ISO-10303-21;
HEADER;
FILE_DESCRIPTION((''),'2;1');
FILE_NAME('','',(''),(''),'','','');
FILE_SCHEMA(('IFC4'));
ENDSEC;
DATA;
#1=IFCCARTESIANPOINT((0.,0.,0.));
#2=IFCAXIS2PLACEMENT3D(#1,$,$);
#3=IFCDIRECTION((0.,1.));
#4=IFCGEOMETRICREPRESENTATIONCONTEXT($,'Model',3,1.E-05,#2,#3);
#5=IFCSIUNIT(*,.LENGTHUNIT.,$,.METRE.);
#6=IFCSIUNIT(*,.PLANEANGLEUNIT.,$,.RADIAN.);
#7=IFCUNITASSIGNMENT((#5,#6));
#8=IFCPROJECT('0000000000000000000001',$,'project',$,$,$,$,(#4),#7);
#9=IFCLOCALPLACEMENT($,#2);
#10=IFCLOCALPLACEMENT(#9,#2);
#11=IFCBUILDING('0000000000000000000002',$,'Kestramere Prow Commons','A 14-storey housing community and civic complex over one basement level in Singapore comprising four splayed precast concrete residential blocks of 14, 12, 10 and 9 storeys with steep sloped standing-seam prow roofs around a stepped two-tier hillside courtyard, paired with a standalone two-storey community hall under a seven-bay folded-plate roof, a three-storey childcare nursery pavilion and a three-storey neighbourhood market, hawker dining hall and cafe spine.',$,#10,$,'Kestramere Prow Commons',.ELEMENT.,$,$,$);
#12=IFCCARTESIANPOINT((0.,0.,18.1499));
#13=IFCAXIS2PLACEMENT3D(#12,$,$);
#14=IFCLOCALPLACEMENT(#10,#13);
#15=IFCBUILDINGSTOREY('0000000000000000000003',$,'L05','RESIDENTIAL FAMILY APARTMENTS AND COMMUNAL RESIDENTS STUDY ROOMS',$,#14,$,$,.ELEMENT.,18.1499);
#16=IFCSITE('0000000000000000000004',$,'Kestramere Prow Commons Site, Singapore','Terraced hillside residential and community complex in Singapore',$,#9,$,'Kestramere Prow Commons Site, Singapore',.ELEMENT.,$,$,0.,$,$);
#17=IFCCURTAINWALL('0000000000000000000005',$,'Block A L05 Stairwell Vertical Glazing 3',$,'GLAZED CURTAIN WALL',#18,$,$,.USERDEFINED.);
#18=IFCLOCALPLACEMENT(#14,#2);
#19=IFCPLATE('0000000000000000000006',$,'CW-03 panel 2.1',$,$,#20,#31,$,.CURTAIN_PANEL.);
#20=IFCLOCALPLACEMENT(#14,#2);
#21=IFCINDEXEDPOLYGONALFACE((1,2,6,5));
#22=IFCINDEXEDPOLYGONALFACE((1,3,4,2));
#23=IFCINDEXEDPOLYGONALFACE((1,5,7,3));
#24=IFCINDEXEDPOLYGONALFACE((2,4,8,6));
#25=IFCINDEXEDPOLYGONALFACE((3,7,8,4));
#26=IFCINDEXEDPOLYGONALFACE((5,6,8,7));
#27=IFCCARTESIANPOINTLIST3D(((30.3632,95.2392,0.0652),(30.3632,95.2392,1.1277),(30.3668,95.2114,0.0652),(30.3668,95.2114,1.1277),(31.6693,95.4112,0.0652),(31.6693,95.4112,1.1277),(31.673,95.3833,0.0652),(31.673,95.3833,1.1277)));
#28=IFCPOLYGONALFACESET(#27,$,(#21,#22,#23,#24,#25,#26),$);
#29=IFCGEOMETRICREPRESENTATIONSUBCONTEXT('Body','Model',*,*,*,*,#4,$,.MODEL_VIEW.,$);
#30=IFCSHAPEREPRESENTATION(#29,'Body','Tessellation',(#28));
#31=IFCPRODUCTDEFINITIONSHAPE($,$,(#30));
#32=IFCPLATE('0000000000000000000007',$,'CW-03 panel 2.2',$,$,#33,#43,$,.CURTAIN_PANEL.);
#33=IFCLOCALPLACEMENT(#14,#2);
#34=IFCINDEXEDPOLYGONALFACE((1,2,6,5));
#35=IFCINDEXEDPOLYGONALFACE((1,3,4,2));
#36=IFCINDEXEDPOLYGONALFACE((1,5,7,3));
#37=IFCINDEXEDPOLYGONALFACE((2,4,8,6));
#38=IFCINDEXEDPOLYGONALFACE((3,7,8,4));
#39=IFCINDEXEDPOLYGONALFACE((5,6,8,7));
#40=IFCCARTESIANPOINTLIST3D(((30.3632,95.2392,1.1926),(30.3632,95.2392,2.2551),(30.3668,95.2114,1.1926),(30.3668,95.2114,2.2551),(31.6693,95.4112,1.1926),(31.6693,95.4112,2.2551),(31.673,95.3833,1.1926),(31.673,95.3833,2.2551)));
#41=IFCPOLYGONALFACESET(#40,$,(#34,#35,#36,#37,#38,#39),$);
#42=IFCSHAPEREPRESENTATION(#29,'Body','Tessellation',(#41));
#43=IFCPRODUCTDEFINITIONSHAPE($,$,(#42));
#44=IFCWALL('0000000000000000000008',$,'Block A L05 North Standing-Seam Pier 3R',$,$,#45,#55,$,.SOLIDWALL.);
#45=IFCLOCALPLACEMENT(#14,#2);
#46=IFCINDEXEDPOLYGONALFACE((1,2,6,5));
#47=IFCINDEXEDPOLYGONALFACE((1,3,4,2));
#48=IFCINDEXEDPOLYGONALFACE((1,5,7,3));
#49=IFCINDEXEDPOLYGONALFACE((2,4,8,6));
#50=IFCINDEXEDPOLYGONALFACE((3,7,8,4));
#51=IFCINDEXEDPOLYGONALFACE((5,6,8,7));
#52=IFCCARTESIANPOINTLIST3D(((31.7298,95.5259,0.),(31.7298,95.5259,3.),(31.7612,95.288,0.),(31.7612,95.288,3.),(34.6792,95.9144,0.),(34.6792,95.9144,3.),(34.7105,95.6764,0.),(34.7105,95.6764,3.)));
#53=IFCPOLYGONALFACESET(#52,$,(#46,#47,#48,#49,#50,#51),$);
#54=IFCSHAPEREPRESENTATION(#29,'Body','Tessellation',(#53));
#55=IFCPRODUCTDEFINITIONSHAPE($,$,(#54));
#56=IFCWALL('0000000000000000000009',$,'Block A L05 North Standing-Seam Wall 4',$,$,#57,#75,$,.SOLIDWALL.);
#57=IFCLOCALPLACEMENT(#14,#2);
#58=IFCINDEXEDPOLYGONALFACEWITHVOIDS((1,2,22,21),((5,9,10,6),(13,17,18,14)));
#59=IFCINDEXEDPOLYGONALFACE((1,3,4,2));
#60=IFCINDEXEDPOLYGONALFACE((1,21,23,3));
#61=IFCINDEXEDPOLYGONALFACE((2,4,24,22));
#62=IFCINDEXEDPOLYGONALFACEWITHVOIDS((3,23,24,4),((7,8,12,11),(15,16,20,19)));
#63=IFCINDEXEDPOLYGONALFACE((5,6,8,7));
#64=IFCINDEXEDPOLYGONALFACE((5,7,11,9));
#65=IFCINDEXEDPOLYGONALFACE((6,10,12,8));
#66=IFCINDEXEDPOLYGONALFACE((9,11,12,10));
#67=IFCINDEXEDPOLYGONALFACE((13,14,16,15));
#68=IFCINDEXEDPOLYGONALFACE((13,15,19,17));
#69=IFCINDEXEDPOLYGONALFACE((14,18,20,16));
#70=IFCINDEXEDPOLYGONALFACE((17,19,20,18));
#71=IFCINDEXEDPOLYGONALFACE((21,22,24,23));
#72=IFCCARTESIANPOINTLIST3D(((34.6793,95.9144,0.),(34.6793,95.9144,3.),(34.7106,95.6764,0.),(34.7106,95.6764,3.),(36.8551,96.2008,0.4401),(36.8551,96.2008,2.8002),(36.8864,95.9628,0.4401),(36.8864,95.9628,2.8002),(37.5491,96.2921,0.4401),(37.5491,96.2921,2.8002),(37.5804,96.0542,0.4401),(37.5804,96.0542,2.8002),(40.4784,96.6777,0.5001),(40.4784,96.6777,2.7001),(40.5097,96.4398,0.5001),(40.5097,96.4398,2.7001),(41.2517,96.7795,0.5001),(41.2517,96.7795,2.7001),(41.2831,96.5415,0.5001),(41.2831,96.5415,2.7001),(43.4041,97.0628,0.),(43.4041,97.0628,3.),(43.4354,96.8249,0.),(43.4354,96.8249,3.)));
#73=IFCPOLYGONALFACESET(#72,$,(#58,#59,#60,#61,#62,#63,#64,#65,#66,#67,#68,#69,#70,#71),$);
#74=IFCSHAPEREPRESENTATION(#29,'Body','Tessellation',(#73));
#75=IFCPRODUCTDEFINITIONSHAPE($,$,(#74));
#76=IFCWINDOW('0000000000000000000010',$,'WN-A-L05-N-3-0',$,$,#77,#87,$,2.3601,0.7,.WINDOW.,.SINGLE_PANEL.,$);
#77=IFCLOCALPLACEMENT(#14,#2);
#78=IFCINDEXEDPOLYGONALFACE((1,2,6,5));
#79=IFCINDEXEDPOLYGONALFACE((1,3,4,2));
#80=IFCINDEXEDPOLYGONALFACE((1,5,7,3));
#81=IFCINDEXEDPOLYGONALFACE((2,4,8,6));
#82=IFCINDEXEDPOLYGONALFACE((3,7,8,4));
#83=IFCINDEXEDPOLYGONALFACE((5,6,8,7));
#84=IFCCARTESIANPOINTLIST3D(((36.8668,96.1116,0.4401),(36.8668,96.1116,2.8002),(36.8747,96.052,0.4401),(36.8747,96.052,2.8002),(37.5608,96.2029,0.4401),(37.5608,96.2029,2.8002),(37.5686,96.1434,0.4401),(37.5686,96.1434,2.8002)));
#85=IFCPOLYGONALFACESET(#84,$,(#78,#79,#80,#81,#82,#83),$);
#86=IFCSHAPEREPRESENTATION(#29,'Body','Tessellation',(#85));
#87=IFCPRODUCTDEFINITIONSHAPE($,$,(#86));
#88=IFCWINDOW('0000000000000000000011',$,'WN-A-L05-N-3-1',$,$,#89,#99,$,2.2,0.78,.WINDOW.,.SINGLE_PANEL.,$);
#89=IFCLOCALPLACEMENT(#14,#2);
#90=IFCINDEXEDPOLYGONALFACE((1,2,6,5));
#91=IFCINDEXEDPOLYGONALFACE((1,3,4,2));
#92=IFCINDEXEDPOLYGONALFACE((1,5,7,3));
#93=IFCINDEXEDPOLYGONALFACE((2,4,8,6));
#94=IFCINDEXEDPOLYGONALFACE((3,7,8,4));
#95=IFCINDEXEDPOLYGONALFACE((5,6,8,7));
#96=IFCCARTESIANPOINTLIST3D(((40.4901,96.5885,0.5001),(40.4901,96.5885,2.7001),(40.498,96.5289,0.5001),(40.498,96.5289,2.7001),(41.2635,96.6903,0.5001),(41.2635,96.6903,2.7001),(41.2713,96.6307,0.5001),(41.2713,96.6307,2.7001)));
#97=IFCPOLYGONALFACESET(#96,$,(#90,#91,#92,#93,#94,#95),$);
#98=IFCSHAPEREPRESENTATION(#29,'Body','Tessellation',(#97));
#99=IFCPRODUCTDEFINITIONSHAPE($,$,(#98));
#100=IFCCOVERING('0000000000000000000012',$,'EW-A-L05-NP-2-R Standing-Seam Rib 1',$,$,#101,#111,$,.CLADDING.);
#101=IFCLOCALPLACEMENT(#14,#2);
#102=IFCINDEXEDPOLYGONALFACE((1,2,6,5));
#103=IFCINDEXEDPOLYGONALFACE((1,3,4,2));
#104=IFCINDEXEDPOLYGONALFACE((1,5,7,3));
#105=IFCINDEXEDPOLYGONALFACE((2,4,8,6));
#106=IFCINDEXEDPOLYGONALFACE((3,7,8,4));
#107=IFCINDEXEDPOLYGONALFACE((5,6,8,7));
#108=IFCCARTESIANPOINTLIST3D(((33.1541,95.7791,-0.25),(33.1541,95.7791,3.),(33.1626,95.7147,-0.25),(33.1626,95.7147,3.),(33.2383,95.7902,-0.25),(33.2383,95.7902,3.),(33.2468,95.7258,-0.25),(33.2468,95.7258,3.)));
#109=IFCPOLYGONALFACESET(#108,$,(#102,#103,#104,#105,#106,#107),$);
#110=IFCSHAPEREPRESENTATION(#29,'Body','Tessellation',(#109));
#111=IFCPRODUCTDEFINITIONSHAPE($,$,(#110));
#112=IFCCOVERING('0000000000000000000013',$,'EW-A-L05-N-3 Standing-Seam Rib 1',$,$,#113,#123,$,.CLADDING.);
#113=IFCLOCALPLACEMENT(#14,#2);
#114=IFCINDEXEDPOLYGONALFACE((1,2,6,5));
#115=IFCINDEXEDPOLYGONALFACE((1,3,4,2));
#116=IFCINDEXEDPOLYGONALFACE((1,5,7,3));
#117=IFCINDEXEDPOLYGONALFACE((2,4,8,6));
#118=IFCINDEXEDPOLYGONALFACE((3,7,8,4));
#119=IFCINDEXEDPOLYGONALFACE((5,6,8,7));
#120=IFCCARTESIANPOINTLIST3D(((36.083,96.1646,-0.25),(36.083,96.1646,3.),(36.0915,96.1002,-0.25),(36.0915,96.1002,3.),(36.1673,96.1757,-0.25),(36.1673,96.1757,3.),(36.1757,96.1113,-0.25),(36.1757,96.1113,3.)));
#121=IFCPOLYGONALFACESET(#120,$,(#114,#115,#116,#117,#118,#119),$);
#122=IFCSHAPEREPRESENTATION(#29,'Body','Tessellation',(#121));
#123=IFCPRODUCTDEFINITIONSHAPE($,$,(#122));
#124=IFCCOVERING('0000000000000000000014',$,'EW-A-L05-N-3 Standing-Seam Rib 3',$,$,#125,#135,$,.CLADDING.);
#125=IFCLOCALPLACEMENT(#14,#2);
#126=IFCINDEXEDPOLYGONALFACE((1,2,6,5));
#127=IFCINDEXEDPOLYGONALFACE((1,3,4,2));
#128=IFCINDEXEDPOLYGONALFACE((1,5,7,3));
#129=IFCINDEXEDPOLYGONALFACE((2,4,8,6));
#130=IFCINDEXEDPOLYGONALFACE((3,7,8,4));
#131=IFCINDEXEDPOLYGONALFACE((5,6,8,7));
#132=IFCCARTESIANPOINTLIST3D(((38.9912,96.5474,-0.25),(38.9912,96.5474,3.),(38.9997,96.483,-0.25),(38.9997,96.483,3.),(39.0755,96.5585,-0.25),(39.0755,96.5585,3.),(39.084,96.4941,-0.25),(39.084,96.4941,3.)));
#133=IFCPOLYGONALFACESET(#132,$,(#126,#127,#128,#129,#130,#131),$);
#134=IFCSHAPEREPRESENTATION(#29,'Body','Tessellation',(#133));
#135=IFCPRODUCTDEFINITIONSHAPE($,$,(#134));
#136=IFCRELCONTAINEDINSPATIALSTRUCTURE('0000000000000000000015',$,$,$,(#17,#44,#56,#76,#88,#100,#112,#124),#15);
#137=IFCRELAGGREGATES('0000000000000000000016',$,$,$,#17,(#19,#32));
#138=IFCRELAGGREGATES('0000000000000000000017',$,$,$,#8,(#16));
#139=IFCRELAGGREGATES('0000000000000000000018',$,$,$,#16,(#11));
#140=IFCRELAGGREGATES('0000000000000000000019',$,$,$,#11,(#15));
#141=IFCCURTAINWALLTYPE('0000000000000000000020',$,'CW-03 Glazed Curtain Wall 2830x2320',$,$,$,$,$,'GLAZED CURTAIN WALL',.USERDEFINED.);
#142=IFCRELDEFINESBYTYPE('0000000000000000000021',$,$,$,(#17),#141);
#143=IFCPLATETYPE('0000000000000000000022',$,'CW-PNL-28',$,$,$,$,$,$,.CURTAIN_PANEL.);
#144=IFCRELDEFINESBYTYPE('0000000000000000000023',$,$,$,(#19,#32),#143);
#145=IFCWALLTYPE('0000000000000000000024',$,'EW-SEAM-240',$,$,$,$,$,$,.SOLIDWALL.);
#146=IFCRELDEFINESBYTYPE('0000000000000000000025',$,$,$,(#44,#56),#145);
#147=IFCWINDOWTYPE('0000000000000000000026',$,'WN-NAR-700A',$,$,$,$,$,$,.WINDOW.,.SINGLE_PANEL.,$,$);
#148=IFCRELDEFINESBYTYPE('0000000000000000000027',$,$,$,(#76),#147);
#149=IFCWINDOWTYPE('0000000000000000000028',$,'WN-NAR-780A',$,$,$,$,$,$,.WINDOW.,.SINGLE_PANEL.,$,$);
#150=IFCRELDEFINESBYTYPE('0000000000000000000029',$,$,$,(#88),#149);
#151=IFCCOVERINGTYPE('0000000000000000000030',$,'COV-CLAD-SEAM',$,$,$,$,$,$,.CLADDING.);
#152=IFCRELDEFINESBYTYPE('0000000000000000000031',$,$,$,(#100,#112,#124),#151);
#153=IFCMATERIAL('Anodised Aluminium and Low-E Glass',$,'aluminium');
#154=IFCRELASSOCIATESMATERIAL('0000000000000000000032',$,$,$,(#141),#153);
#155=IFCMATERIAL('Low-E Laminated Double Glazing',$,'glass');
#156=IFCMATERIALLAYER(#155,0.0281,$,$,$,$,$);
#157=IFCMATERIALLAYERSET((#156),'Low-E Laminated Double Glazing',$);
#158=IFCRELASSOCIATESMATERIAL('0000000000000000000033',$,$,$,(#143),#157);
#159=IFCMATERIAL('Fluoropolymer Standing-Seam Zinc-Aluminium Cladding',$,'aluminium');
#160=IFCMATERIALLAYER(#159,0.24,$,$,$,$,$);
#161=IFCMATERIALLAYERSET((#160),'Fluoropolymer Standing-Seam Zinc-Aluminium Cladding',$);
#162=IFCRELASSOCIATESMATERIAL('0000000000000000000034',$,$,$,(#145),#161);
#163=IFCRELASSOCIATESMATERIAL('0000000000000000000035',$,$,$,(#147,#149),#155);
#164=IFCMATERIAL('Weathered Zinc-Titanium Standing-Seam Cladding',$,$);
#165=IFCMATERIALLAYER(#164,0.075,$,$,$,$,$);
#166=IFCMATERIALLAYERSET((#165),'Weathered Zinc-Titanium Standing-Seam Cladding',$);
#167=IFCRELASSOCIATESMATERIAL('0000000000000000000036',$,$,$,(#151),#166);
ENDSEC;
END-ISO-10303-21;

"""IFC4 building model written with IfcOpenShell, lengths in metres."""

from ifc_helpers import new_model, si_unit, direction, frame, frame_2d, origin, origin_2d, place, context, subcontext, project, spatial, rectangle, extrude, material, layer, layer_set, type_object, element, fill, aggregate, save


model = new_model("IFC4")

# Units and contexts
model_context = context("Model", 3, precision=1e-05, world=origin(), true_north=direction((0.0, 1.0)))
body_context = subcontext(model_context, "Body", "Model", "MODEL_VIEW")
ifc_project = project(units=[si_unit("LENGTHUNIT", "METRE"), si_unit("PLANEANGLEUNIT", "RADIAN")], contexts=[model_context])

# Site, building, storey
site_placement = place(None, origin())
site = spatial("IfcSite", under=ifc_project, at=site_placement, Name="Kestramere Prow Commons Site, Singapore", Description="Terraced hillside residential and community complex in Singapore", LongName="Kestramere Prow Commons Site, Singapore", CompositionType="ELEMENT", RefElevation=0.0)
building_placement = place(site_placement, origin())
building = spatial("IfcBuilding", under=site, at=building_placement, Name="Kestramere Prow Commons", Description="A 14-storey housing community and civic complex over one basement level in Singapore comprising four splayed precast concrete residential blocks of 14, 12, 10 and 9 storeys with steep sloped standing-seam prow roofs around a stepped two-tier hillside courtyard, paired with a standalone two-storey community hall under a seven-bay folded-plate roof, a three-storey childcare nursery pavilion and a three-storey neighbourhood market, hawker dining hall and cafe spine.", LongName="Kestramere Prow Commons", CompositionType="ELEMENT")
storey_placement = place(building_placement, frame((0.0, 0.0, 18.1499)))
storey = spatial("IfcBuildingStorey", under=building, at=storey_placement, Name="L05", Description="RESIDENTIAL FAMILY APARTMENTS AND COMMUNAL RESIDENTS STUDY ROOMS", CompositionType="ELEMENT", Elevation=18.1499)

# Curtain wall
ifc_material_1 = material(Name="Anodised Aluminium and Low-E Glass", Category="aluminium")
curtain_wall_type = type_object("IfcCurtainWallType", Name="CW-03 Glazed Curtain Wall 2830x2320", ElementType="GLAZED CURTAIN WALL", PredefinedType="USERDEFINED", material=ifc_material_1)
curtain_wall_placement = place(storey_placement, origin())
curtain_wall = element("IfcCurtainWall", 1, at=curtain_wall_placement, inside=storey, type_object=curtain_wall_type, Name="Block A L05 Stairwell Vertical Glazing 3", ObjectType="GLAZED CURTAIN WALL", PredefinedType="USERDEFINED")

# Plates
ifc_material_2 = material(Name="Low-E Laminated Double Glazing", Category="glass")
ifc_layer_1 = layer(ifc_material_2, 0.0281)
ifc_layer_set_1 = layer_set([ifc_layer_1], Name="Low-E Laminated Double Glazing")
plate_type = type_object("IfcPlateType", Name="CW-PNL-28", PredefinedType="CURTAIN_PANEL", material=ifc_layer_set_1)
plate_1_placement = place(storey_placement, frame((31.0181, 95.3113, 0.0652), z_axis=(0.0, 0.0, 1.0), x_axis=(0.991445, 0.130526, 0.0)))
plate_1 = element("IfcPlate", 2, at=plate_1_placement, type_object=plate_type, Name="CW-03 panel 2.1", PredefinedType="CURTAIN_PANEL", context=body_context, shape_type="SweptSolid", body=[
    extrude(rectangle(XDim=1.3174, YDim=0.0281, at=origin_2d()), origin(), (0.0, 0.0, 1.0), 1.0625),
])
plate_2_placement = place(storey_placement, frame((31.0181, 95.3113, 1.1926), z_axis=(0.0, 0.0, 1.0), x_axis=(0.991445, 0.130526, 0.0)))
plate_2 = element("IfcPlate", 3, at=plate_2_placement, type_object=plate_type, Name="CW-03 panel 2.2", PredefinedType="CURTAIN_PANEL", context=body_context, shape_type="SweptSolid", body=[
    extrude(rectangle(XDim=1.3174, YDim=0.0281, at=origin_2d()), origin(), (0.0, 0.0, 1.0), 1.0625),
])
aggregate(curtain_wall, [plate_1, plate_2])

# Wall
ifc_material_3 = material(Name="Fluoropolymer Standing-Seam Zinc-Aluminium Cladding", Category="aluminium")
ifc_layer_2 = layer(ifc_material_3, 0.24)
ifc_layer_set_2 = layer_set([ifc_layer_2], Name="Fluoropolymer Standing-Seam Zinc-Aluminium Cladding")
wall_type = type_object("IfcWallType", Name="EW-SEAM-240", PredefinedType="SOLIDWALL", material=ifc_layer_set_2)
wall_1_placement = place(storey_placement, frame((31.7456, 95.407, 0.0), z_axis=(0.0, 0.0, 1.0), x_axis=(0.991439, 0.130567, 0.0)))
element("IfcWall", 4, at=wall_1_placement, inside=storey, type_object=wall_type, Name="Block A L05 North Standing-Seam Pier 3R", PredefinedType="SOLIDWALL", context=body_context, shape_type="SweptSolid", body=[
    extrude(rectangle(XDim=2.9749, YDim=0.24, at=frame_2d((1.4873, 0.0))), origin(), (0.0, 0.0, 1.0), 3.0),
])

# Wall, openings, windows
wall_2_placement = place(storey_placement, frame((34.6951, 95.7954, 0.0), z_axis=(0.0, 0.0, 1.0), x_axis=(0.991448, 0.130503, 0.0)))
wall_2 = element("IfcWall", 5, at=wall_2_placement, inside=storey, type_object=wall_type, Name="Block A L05 North Standing-Seam Wall 4", PredefinedType="SOLIDWALL", context=body_context, shape_type="SweptSolid", body=[
    extrude(rectangle(XDim=8.8, YDim=0.24, at=frame_2d((4.3999, 0.0))), origin(), (0.0, 0.0, 1.0), 3.0),
])
opening_1_placement = place(wall_2_placement, frame((2.1943, 0.0, 0.4399)))
opening_1 = element("IfcOpeningElement", 6, at=opening_1_placement, cuts=wall_2, PredefinedType="OPENING", context=body_context, shape_type="SweptSolid", body=[
    extrude(rectangle(XDim=0.7, YDim=2.3601, at=frame_2d((0.3501, 1.1802))), frame((0.0, 0.135, 0.0), z_axis=(0.0, -1.0, 0.0), x_axis=(1.0, 0.0, 0.0)), (0.0, 0.0, 1.0), 0.27),
])
opening_2_placement = place(wall_2_placement, frame((5.8489, 0.0, 0.5)))
opening_2 = element("IfcOpeningElement", 7, at=opening_2_placement, cuts=wall_2, PredefinedType="OPENING", context=body_context, shape_type="SweptSolid", body=[
    extrude(rectangle(XDim=0.78, YDim=2.2, at=frame_2d((0.3901, 1.1001))), frame((0.0, 0.135, 0.0), z_axis=(0.0, -1.0, 0.0), x_axis=(1.0, 0.0, 0.0)), (0.0, 0.0, 1.0), 0.27),
])
window_type_1 = type_object("IfcWindowType", Name="WN-NAR-700A", PartitioningType="SINGLE_PANEL", PredefinedType="WINDOW", material=ifc_material_2)
window_1_placement = place(opening_1_placement, origin())
window_1 = element("IfcWindow", 8, at=window_1_placement, inside=storey, type_object=window_type_1, Name="WN-A-L05-N-3-0", OverallHeight=2.3601, OverallWidth=0.7, PartitioningType="SINGLE_PANEL", PredefinedType="WINDOW", context=body_context, shape_type="SweptSolid", body=[
    extrude(rectangle(XDim=0.7, YDim=2.3601, at=frame_2d((0.3501, 1.1802))), frame((0.0, 0.03, 0.0), z_axis=(0.0, -1.0, 0.0), x_axis=(1.0, 0.0, 0.0)), (0.0, 0.0, 1.0), 0.0601),
])
fill(opening_1, window_1)
window_type_2 = type_object("IfcWindowType", Name="WN-NAR-780A", PartitioningType="SINGLE_PANEL", PredefinedType="WINDOW", material=ifc_material_2)
window_2_placement = place(opening_2_placement, origin())
window_2 = element("IfcWindow", 9, at=window_2_placement, inside=storey, type_object=window_type_2, Name="WN-A-L05-N-3-1", OverallHeight=2.2, OverallWidth=0.78, PartitioningType="SINGLE_PANEL", PredefinedType="WINDOW", context=body_context, shape_type="SweptSolid", body=[
    extrude(rectangle(XDim=0.78, YDim=2.2, at=frame_2d((0.3901, 1.1001))), frame((0.0, 0.03, 0.0), z_axis=(0.0, -1.0, 0.0), x_axis=(1.0, 0.0, 0.0)), (0.0, 0.0, 1.0), 0.0601),
])
fill(opening_2, window_2)

# Coverings
ifc_material_4 = material(Name="Weathered Zinc-Titanium Standing-Seam Cladding")
ifc_layer_3 = layer(ifc_material_4, 0.075)
ifc_layer_set_3 = layer_set([ifc_layer_3], Name="Weathered Zinc-Titanium Standing-Seam Cladding")
covering_type = type_object("IfcCoveringType", Name="COV-CLAD-SEAM", PredefinedType="CLADDING", material=ifc_layer_set_3)
for number, where, z_axis, x_axis, name in (
    (10, (33.2004, 95.7524, -0.25), (0.0, 0.0, 1.0), (0.991445, 0.130526, 0.0), "EW-A-L05-NP-2-R Standing-Seam Rib 1"),
    (11, (36.1294, 96.1379, -0.25), (0.0, 0.0, 1.0), (0.991445, 0.130526, 0.0), "EW-A-L05-N-3 Standing-Seam Rib 1"),
    (12, (39.0376, 96.5208, -0.25), (0.0, 0.0, 1.0), (0.991445, 0.130526, 0.0), "EW-A-L05-N-3 Standing-Seam Rib 3"),
):
    element("IfcCovering", number, at=place(storey_placement, frame(where, z_axis=z_axis, x_axis=x_axis)), inside=storey, type_object=covering_type, Name=name, PredefinedType="CLADDING", context=body_context, shape_type="SweptSolid", body=[
        extrude(rectangle(XDim=0.085, YDim=0.0649, at=origin_2d()), origin(), (0.0, 0.0, 1.0), 3.25),
    ])

save(model, "model.ifc")
